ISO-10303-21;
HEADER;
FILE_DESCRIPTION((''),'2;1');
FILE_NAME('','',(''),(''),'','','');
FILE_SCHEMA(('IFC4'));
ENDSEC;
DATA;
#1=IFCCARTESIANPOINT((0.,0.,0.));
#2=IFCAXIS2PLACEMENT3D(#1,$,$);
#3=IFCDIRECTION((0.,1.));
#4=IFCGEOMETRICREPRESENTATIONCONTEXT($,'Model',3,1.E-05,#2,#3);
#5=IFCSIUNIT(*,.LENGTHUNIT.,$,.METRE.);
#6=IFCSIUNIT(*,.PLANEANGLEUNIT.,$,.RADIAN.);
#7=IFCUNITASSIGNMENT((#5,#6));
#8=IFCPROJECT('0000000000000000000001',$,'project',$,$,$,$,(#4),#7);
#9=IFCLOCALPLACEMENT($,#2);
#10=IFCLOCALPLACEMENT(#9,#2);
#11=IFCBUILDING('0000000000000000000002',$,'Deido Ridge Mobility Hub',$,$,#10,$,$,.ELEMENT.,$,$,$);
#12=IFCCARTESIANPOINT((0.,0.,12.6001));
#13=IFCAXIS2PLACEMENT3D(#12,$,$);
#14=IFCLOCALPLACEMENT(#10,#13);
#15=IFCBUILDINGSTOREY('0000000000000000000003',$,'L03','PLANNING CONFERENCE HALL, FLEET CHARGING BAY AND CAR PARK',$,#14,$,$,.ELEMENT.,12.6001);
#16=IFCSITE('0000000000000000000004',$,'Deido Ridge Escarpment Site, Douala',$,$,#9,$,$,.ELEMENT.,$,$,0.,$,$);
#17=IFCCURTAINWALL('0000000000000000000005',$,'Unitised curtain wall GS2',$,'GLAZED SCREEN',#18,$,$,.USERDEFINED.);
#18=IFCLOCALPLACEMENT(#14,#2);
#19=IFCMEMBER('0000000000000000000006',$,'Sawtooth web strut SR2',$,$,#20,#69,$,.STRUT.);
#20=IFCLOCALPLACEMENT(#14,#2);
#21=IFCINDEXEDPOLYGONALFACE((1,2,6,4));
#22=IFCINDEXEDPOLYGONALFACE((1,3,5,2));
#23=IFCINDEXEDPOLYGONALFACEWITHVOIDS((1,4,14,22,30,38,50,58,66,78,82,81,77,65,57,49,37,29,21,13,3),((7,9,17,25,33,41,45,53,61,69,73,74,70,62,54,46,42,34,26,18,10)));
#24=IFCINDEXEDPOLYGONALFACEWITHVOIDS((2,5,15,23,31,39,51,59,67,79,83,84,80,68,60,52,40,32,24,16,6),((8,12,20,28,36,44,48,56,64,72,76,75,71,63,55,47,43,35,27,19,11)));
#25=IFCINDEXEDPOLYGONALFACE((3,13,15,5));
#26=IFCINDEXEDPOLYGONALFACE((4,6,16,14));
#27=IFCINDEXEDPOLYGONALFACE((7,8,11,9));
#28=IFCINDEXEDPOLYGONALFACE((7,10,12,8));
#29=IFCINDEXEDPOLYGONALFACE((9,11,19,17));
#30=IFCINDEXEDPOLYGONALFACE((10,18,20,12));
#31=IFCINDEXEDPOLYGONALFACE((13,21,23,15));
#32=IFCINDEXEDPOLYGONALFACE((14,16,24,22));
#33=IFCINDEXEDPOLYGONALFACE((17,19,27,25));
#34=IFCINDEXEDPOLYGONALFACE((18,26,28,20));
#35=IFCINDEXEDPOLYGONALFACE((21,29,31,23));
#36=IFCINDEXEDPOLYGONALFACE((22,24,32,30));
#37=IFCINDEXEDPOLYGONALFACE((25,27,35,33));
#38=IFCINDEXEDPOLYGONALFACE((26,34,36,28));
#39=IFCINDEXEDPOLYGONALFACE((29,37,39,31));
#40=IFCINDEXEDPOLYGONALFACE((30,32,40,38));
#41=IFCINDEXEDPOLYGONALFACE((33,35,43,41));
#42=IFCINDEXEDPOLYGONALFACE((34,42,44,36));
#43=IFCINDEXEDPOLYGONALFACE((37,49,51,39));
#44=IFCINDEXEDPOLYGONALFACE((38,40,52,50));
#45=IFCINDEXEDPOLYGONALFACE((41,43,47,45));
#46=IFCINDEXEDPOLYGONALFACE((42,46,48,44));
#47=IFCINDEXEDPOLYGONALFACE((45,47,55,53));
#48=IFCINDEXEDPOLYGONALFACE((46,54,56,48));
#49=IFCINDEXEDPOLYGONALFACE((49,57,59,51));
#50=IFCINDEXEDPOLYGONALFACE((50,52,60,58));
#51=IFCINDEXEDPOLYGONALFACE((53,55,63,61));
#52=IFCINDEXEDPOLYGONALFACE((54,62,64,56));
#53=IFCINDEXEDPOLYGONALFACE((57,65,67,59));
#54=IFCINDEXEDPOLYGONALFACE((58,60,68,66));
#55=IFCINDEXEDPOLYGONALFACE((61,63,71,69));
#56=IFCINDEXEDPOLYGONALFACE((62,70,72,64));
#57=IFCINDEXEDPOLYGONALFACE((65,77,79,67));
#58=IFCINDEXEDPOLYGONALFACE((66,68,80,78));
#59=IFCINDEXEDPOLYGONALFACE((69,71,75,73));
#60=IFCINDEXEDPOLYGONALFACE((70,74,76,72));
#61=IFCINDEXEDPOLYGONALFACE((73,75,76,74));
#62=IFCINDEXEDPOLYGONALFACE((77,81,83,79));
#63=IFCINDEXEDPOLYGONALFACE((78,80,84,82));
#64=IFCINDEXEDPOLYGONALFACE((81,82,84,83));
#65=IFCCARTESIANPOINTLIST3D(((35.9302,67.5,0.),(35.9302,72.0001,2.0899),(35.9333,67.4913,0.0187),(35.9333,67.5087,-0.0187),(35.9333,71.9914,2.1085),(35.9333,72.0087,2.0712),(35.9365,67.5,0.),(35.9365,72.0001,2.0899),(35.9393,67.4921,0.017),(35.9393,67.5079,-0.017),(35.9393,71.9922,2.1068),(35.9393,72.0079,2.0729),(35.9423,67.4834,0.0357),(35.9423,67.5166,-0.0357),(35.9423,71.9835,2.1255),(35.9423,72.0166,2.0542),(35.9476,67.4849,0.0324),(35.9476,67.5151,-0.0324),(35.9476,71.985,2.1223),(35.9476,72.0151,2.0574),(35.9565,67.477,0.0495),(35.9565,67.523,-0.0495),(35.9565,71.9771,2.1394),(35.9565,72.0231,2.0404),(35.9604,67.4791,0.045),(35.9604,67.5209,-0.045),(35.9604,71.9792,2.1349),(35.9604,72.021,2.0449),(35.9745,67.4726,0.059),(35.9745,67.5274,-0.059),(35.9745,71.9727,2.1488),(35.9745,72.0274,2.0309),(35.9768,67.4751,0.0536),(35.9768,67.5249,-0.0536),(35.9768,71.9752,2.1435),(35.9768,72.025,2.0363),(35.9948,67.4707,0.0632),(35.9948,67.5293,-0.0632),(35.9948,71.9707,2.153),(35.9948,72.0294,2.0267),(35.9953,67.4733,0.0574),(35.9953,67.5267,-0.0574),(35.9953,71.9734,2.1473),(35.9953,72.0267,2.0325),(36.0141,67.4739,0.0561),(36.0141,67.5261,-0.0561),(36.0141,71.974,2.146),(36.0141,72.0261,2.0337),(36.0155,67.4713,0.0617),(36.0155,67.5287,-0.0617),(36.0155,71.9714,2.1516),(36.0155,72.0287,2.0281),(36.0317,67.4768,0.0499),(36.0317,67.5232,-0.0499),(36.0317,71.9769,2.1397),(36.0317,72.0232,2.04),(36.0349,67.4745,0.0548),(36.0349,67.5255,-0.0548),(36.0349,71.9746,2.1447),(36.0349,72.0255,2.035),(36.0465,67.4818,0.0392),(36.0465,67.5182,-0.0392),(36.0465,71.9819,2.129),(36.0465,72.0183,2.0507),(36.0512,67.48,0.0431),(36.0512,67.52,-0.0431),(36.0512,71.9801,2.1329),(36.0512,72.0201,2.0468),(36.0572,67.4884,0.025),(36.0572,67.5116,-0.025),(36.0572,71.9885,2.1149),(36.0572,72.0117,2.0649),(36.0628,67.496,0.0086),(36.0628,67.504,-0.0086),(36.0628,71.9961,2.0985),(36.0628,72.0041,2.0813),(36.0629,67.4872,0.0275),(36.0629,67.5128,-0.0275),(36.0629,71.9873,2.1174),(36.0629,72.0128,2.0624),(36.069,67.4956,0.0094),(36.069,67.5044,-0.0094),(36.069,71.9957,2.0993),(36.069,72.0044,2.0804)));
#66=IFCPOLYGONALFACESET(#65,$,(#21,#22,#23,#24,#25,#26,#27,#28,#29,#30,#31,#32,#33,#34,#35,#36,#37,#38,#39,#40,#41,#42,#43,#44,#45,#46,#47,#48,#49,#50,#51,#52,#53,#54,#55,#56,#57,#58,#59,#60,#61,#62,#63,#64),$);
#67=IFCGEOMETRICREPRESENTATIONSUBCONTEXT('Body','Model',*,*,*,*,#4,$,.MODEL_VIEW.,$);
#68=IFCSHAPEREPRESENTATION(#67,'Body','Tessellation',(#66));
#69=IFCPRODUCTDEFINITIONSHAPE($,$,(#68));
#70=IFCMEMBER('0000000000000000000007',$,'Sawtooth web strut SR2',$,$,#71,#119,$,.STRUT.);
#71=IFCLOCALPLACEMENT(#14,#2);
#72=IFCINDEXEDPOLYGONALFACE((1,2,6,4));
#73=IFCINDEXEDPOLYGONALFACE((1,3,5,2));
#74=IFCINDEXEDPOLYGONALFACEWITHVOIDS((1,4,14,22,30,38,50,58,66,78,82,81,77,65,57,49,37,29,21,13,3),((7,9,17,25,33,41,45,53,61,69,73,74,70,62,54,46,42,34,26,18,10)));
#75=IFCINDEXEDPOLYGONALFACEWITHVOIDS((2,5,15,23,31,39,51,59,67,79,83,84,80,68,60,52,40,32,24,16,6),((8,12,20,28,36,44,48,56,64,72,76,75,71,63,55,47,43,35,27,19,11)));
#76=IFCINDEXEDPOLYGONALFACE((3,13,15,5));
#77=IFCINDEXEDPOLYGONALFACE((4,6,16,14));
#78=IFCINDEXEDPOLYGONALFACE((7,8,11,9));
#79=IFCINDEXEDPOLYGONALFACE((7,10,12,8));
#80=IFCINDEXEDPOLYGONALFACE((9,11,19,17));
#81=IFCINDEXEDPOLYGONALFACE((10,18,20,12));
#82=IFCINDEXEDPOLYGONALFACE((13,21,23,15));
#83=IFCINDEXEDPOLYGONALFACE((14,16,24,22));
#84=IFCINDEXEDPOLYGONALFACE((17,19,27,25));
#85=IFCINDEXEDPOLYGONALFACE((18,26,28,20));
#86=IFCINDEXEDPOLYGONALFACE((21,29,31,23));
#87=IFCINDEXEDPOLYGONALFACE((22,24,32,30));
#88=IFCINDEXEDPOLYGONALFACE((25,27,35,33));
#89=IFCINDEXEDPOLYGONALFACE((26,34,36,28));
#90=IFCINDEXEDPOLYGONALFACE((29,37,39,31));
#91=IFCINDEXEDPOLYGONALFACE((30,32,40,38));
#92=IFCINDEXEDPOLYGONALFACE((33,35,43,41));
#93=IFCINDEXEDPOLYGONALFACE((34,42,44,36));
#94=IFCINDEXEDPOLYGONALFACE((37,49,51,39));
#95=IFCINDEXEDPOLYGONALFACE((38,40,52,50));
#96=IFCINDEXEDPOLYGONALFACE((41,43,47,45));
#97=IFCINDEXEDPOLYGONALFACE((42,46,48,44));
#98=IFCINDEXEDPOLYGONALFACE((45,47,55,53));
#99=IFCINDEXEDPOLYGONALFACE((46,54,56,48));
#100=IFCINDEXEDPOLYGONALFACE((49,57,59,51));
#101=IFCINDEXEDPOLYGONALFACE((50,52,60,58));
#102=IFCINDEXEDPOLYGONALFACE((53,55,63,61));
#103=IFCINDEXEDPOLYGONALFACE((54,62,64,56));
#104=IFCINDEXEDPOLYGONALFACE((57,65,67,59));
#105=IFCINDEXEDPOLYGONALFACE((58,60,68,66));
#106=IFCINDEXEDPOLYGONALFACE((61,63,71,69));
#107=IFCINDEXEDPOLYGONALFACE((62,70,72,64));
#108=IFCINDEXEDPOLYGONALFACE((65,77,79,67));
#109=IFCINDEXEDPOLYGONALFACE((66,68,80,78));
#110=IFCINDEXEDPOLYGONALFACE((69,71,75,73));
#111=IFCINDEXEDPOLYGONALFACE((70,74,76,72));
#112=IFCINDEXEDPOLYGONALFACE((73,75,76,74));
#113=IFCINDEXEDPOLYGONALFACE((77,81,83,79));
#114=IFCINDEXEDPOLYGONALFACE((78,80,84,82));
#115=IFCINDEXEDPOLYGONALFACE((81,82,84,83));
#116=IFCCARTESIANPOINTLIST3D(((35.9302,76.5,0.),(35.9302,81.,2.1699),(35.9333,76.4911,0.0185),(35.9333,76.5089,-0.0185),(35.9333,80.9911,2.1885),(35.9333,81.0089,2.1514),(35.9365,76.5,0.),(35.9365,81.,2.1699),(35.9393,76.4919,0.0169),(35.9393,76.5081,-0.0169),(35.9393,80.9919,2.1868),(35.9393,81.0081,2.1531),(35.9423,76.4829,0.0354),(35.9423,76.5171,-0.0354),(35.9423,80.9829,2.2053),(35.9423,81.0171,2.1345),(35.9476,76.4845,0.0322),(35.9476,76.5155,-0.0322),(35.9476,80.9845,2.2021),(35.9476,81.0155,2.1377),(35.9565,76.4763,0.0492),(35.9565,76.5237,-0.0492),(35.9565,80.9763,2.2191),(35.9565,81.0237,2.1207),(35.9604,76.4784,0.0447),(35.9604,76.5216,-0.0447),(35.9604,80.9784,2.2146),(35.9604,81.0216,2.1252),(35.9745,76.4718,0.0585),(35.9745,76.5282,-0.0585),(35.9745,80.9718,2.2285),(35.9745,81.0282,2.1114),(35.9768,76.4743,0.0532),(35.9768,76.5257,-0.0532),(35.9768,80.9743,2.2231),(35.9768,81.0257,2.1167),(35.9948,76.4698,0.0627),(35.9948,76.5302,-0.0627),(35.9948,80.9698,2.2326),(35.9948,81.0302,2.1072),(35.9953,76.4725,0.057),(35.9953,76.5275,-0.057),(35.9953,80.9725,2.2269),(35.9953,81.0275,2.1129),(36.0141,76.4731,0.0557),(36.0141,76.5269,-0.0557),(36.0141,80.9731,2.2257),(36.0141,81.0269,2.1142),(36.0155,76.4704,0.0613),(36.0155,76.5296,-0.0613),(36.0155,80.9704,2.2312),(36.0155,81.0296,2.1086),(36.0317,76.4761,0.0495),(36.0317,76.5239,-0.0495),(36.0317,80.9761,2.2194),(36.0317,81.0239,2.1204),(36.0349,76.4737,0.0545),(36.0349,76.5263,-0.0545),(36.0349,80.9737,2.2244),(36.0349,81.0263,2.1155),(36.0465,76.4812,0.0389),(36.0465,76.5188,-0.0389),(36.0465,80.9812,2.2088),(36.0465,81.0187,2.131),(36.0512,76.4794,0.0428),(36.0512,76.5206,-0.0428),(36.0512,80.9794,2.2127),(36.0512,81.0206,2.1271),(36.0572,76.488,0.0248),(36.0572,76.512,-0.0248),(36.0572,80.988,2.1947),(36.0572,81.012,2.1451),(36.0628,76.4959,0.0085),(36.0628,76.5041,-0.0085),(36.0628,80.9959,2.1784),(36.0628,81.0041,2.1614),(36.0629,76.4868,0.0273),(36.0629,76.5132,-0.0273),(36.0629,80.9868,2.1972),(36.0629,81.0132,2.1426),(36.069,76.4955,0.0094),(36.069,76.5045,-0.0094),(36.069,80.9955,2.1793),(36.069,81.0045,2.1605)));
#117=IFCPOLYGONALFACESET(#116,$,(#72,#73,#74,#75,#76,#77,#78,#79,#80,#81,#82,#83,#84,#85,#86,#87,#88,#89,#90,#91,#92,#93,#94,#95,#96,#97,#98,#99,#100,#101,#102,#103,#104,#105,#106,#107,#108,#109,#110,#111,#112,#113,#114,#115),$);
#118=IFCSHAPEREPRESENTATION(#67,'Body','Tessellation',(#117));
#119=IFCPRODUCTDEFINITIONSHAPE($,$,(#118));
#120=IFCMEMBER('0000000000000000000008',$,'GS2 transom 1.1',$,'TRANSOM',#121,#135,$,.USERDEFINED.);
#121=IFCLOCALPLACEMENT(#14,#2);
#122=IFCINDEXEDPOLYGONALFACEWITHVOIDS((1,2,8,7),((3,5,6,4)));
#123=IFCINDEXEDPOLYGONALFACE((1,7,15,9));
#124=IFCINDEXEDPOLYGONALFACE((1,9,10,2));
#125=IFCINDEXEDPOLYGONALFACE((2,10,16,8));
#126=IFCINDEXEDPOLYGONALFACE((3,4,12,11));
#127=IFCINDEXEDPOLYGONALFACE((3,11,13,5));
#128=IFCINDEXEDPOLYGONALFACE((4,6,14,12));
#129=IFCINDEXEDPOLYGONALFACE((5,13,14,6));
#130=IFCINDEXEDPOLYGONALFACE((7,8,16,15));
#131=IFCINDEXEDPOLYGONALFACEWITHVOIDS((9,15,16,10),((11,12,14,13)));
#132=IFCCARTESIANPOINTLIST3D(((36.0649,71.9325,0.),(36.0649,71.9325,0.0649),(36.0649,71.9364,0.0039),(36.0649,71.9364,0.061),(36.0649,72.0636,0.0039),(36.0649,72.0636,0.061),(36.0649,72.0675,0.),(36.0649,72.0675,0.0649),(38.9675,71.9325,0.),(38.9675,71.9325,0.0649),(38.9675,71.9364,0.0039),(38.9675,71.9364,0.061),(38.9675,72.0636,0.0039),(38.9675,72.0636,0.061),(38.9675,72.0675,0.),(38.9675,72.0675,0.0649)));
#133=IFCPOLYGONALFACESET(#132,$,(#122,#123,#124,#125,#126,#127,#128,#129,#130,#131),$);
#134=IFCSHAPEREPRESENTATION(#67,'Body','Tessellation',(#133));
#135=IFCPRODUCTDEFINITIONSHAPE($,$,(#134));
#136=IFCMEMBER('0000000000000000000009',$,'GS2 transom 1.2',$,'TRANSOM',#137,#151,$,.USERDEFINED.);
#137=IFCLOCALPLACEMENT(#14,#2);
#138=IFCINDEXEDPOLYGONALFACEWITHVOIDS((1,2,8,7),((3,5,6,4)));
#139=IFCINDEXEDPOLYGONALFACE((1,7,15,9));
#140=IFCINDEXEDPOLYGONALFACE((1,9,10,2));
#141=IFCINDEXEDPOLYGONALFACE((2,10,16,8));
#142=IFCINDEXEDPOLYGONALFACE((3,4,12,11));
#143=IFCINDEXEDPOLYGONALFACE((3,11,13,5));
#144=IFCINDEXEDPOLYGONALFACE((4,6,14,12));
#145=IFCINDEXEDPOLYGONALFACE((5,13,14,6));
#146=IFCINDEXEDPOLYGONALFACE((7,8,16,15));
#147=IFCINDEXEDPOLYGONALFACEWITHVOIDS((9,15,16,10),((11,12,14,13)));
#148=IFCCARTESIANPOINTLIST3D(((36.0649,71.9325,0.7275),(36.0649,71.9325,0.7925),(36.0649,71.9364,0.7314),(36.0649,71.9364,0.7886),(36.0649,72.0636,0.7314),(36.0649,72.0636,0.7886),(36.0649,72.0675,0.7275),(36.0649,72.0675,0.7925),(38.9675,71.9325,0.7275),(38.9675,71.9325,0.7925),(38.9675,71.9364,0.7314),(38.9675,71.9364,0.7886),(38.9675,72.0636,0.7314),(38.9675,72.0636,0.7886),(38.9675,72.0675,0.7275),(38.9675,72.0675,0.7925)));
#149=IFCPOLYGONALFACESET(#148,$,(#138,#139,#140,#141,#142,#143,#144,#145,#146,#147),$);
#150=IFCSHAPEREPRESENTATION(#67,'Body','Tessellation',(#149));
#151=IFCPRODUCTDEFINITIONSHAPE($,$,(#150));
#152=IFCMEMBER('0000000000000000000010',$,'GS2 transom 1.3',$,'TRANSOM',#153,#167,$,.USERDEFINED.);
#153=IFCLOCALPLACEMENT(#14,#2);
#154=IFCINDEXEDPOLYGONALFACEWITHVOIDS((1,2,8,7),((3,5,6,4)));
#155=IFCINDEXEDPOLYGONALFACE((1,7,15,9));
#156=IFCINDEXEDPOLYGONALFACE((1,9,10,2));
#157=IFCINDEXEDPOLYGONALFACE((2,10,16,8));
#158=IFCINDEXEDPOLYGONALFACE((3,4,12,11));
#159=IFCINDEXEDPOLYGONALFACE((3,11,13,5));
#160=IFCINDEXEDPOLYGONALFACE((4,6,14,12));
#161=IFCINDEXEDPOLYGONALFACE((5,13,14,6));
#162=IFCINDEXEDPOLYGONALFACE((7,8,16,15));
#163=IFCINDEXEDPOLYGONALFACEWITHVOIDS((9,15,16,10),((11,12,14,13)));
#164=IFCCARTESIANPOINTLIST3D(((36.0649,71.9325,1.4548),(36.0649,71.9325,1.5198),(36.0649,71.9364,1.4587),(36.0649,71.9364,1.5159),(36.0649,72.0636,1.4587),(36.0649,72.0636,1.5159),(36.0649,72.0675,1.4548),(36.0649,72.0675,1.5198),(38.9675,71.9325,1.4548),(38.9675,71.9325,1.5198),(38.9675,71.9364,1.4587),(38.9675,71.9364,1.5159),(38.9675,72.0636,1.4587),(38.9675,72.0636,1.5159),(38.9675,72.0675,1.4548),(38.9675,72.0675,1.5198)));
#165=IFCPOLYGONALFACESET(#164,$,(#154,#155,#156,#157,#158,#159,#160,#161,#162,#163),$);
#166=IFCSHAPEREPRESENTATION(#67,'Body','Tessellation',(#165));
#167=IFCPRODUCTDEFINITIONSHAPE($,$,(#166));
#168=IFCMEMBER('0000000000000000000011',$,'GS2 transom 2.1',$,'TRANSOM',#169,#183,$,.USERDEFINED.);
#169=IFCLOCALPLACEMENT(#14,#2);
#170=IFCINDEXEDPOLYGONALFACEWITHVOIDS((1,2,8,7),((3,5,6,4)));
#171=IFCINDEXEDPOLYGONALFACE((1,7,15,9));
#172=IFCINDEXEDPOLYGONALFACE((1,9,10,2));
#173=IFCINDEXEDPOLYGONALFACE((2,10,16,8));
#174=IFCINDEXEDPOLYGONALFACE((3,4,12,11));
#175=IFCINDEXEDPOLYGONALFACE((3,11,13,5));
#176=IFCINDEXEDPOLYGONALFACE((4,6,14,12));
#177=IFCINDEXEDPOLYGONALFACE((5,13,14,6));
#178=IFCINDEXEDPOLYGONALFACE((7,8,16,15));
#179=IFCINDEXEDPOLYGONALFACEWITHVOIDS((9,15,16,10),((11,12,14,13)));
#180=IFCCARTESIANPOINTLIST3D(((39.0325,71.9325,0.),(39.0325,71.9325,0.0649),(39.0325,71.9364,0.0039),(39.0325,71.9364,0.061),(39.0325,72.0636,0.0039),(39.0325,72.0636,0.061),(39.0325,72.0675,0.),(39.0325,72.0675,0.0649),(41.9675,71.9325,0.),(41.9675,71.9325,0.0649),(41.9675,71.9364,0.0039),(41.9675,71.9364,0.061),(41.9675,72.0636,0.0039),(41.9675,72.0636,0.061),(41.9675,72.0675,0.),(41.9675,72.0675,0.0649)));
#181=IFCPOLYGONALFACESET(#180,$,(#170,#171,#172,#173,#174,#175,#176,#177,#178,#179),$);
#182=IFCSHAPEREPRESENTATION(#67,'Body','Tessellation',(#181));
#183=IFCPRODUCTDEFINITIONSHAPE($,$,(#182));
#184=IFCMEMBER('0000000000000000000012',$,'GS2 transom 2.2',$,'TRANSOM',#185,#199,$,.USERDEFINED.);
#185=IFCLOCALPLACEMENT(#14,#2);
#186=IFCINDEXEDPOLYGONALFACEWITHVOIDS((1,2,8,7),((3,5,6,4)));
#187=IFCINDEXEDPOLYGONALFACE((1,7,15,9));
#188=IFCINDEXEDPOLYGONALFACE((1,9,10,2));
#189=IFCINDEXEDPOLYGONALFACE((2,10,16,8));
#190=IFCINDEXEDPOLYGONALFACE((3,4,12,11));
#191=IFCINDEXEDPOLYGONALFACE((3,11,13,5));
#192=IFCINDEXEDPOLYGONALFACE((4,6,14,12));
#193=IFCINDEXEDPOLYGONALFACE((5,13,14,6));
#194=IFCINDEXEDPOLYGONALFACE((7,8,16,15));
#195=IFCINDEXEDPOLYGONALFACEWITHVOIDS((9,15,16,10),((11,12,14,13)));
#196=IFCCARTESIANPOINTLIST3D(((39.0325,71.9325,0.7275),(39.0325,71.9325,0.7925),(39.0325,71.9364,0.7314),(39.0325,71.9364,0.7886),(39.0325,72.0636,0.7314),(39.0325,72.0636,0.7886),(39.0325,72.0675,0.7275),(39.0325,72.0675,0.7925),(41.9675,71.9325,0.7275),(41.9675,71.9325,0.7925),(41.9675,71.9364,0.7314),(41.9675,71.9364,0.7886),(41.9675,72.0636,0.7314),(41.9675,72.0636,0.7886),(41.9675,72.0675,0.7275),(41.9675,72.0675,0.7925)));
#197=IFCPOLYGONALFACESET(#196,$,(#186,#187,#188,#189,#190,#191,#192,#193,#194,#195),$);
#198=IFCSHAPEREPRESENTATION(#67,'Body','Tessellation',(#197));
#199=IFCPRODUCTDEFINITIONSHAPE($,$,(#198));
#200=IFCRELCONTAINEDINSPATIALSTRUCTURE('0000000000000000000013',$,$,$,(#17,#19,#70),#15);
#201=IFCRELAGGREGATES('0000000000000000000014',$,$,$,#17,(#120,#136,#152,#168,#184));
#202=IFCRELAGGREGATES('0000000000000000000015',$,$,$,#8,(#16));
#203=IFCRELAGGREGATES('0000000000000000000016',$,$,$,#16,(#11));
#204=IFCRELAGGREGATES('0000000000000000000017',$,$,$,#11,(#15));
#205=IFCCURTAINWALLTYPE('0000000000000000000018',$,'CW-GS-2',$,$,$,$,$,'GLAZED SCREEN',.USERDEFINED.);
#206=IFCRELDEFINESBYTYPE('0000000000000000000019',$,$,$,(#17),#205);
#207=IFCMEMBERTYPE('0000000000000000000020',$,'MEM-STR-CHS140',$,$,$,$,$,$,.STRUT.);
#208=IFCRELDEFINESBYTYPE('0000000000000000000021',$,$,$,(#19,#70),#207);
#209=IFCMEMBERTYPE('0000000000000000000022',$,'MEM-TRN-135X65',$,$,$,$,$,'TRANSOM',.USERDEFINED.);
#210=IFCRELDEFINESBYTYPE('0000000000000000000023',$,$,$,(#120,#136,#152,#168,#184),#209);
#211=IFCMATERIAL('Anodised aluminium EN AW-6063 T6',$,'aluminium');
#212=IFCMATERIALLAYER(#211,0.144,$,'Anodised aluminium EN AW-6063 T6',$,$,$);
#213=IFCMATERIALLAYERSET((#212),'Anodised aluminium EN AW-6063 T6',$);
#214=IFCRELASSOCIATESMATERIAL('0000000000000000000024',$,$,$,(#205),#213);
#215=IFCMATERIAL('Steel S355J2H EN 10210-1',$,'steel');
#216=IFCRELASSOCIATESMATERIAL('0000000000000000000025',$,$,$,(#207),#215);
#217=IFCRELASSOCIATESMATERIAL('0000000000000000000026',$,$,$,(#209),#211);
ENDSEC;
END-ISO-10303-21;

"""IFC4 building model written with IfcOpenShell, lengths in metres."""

from ifc_helpers import new_model, si_unit, direction, frame, origin, origin_2d, place, context, subcontext, project, spatial, hollow_rectangle, hollow_circle, extrude, material, layer, layer_set, material_profile, profile_set, type_object, element, aggregate, save


model = new_model("IFC4")

# Units and contexts
model_context = context("Model", 3, precision=1e-05, world=origin(), true_north=direction((0.0, 1.0)))
body_context = subcontext(model_context, "Body", "Model", "MODEL_VIEW")
ifc_project = project(units=[si_unit("LENGTHUNIT", "METRE"), si_unit("PLANEANGLEUNIT", "RADIAN")], contexts=[model_context])

# Site, building, storey
site_placement = place(None, origin())
site = spatial("IfcSite", under=ifc_project, at=site_placement, Name="Deido Ridge Escarpment Site, Douala", CompositionType="ELEMENT", RefElevation=0.0)
building_placement = place(site_placement, origin())
building = spatial("IfcBuilding", under=site, at=building_placement, Name="Deido Ridge Mobility Hub", CompositionType="ELEMENT")
storey_placement = place(building_placement, frame((0.0, 0.0, 12.6001)))
storey = spatial("IfcBuildingStorey", under=building, at=storey_placement, Name="L03", Description="PLANNING CONFERENCE HALL, FLEET CHARGING BAY AND CAR PARK", CompositionType="ELEMENT", Elevation=12.6001)

# Shared definitions
ifc_material_1 = material(Name="Steel S355J2H EN 10210-1", Category="steel")

# Curtain wall
ifc_material_2 = material(Name="Anodised aluminium EN AW-6063 T6", Category="aluminium")
ifc_layer_1 = layer(ifc_material_2, 0.144, Name="Anodised aluminium EN AW-6063 T6")
ifc_layer_set_1 = layer_set([ifc_layer_1], Name="Anodised aluminium EN AW-6063 T6")
curtain_wall_type = type_object("IfcCurtainWallType", Name="CW-GS-2", ElementType="GLAZED SCREEN", PredefinedType="USERDEFINED", material=ifc_layer_set_1)
curtain_wall_placement = place(storey_placement, origin())
curtain_wall = element("IfcCurtainWall", 1, at=curtain_wall_placement, inside=storey, type_object=curtain_wall_type, Name="Unitised curtain wall GS2", ObjectType="GLAZED SCREEN", PredefinedType="USERDEFINED")

# Members
ifc_material_profile_1 = material_profile(ifc_material_1, hollow_circle(Radius=0.0698, WallThickness=0.0063, at=origin_2d()), Name="CHS 139.7x6.3")
ifc_profile_set_1 = profile_set([ifc_material_profile_1], Name="Steel S355J2H EN 10210-1")
member_type_1 = type_object("IfcMemberType", Name="MEM-STR-CHS140", PredefinedType="STRUT", material=ifc_profile_set_1)
member_1_placement = place(storey_placement, frame((36.0, 67.5, 0.0), z_axis=(0.0, 0.906966, 0.421204), x_axis=(-1.0, 0.0, 0.0)))
element("IfcMember", 2, at=member_1_placement, inside=storey, type_object=member_type_1, Name="Sawtooth web strut SR2", PredefinedType="STRUT", context=body_context, shape_type="SweptSolid", body=[
    extrude(hollow_circle(Radius=0.0698, WallThickness=0.0063, at=origin_2d()), origin(), (0.0, 0.0, 1.0), 4.9617),
])
member_2_placement = place(storey_placement, frame((36.0, 76.5, 0.0), z_axis=(0.0, 0.900747, 0.434345), x_axis=(-1.0, 0.0, 0.0)))
element("IfcMember", 3, at=member_2_placement, inside=storey, type_object=member_type_1, Name="Sawtooth web strut SR2", PredefinedType="STRUT", context=body_context, shape_type="SweptSolid", body=[
    extrude(hollow_circle(Radius=0.0698, WallThickness=0.0063, at=origin_2d()), origin(), (0.0, 0.0, 1.0), 4.9958),
])

# Members
ifc_material_profile_2 = material_profile(ifc_material_2, hollow_rectangle(XDim=0.135, YDim=0.0649, WallThickness=0.0039, at=origin_2d()), Name="RHS 135x65x4")
ifc_profile_set_2 = profile_set([ifc_material_profile_2], Name="Anodised aluminium EN AW-6063 T6")
member_type_2 = type_object("IfcMemberType", Name="MEM-TRN-135X65", ElementType="TRANSOM", PredefinedType="USERDEFINED", material=ifc_profile_set_2)
member_3_placement = place(storey_placement, frame((36.0649, 72.0, 0.0325), z_axis=(1.0, 0.0, 0.0), x_axis=(0.0, 1.0, 0.0)))
member_3 = element("IfcMember", 4, at=member_3_placement, type_object=member_type_2, Name="GS2 transom 1.1", ObjectType="TRANSOM", PredefinedType="USERDEFINED", context=body_context, shape_type="SweptSolid", body=[
    extrude(hollow_rectangle(XDim=0.135, YDim=0.0649, WallThickness=0.0039, at=origin_2d()), origin(), (0.0, 0.0, 1.0), 2.9026),
])
member_4_placement = place(storey_placement, frame((36.0649, 72.0, 0.76), z_axis=(1.0, 0.0, 0.0), x_axis=(0.0, 1.0, 0.0)))
member_4 = element("IfcMember", 5, at=member_4_placement, type_object=member_type_2, Name="GS2 transom 1.2", ObjectType="TRANSOM", PredefinedType="USERDEFINED", context=body_context, shape_type="SweptSolid", body=[
    extrude(hollow_rectangle(XDim=0.135, YDim=0.0649, WallThickness=0.0039, at=origin_2d()), origin(), (0.0, 0.0, 1.0), 2.9026),
])
member_5_placement = place(storey_placement, frame((36.0649, 72.0, 1.4873), z_axis=(1.0, 0.0, 0.0), x_axis=(0.0, 1.0, 0.0)))
member_5 = element("IfcMember", 6, at=member_5_placement, type_object=member_type_2, Name="GS2 transom 1.3", ObjectType="TRANSOM", PredefinedType="USERDEFINED", context=body_context, shape_type="SweptSolid", body=[
    extrude(hollow_rectangle(XDim=0.135, YDim=0.0649, WallThickness=0.0039, at=origin_2d()), origin(), (0.0, 0.0, 1.0), 2.9026),
])
member_6_placement = place(storey_placement, frame((39.0325, 72.0, 0.0325), z_axis=(1.0, 0.0, 0.0), x_axis=(0.0, 1.0, 0.0)))
member_6 = element("IfcMember", 7, at=member_6_placement, type_object=member_type_2, Name="GS2 transom 2.1", ObjectType="TRANSOM", PredefinedType="USERDEFINED", context=body_context, shape_type="SweptSolid", body=[
    extrude(hollow_rectangle(XDim=0.135, YDim=0.0649, WallThickness=0.0039, at=origin_2d()), origin(), (0.0, 0.0, 1.0), 2.9351),
])
member_7_placement = place(storey_placement, frame((39.0325, 72.0, 0.76), z_axis=(1.0, 0.0, 0.0), x_axis=(0.0, 1.0, 0.0)))
member_7 = element("IfcMember", 8, at=member_7_placement, type_object=member_type_2, Name="GS2 transom 2.2", ObjectType="TRANSOM", PredefinedType="USERDEFINED", context=body_context, shape_type="SweptSolid", body=[
    extrude(hollow_rectangle(XDim=0.135, YDim=0.0649, WallThickness=0.0039, at=origin_2d()), origin(), (0.0, 0.0, 1.0), 2.9351),
])

aggregate(curtain_wall, [member_3, member_4, member_5, member_6, member_7])

save(model, "model.ifc")
